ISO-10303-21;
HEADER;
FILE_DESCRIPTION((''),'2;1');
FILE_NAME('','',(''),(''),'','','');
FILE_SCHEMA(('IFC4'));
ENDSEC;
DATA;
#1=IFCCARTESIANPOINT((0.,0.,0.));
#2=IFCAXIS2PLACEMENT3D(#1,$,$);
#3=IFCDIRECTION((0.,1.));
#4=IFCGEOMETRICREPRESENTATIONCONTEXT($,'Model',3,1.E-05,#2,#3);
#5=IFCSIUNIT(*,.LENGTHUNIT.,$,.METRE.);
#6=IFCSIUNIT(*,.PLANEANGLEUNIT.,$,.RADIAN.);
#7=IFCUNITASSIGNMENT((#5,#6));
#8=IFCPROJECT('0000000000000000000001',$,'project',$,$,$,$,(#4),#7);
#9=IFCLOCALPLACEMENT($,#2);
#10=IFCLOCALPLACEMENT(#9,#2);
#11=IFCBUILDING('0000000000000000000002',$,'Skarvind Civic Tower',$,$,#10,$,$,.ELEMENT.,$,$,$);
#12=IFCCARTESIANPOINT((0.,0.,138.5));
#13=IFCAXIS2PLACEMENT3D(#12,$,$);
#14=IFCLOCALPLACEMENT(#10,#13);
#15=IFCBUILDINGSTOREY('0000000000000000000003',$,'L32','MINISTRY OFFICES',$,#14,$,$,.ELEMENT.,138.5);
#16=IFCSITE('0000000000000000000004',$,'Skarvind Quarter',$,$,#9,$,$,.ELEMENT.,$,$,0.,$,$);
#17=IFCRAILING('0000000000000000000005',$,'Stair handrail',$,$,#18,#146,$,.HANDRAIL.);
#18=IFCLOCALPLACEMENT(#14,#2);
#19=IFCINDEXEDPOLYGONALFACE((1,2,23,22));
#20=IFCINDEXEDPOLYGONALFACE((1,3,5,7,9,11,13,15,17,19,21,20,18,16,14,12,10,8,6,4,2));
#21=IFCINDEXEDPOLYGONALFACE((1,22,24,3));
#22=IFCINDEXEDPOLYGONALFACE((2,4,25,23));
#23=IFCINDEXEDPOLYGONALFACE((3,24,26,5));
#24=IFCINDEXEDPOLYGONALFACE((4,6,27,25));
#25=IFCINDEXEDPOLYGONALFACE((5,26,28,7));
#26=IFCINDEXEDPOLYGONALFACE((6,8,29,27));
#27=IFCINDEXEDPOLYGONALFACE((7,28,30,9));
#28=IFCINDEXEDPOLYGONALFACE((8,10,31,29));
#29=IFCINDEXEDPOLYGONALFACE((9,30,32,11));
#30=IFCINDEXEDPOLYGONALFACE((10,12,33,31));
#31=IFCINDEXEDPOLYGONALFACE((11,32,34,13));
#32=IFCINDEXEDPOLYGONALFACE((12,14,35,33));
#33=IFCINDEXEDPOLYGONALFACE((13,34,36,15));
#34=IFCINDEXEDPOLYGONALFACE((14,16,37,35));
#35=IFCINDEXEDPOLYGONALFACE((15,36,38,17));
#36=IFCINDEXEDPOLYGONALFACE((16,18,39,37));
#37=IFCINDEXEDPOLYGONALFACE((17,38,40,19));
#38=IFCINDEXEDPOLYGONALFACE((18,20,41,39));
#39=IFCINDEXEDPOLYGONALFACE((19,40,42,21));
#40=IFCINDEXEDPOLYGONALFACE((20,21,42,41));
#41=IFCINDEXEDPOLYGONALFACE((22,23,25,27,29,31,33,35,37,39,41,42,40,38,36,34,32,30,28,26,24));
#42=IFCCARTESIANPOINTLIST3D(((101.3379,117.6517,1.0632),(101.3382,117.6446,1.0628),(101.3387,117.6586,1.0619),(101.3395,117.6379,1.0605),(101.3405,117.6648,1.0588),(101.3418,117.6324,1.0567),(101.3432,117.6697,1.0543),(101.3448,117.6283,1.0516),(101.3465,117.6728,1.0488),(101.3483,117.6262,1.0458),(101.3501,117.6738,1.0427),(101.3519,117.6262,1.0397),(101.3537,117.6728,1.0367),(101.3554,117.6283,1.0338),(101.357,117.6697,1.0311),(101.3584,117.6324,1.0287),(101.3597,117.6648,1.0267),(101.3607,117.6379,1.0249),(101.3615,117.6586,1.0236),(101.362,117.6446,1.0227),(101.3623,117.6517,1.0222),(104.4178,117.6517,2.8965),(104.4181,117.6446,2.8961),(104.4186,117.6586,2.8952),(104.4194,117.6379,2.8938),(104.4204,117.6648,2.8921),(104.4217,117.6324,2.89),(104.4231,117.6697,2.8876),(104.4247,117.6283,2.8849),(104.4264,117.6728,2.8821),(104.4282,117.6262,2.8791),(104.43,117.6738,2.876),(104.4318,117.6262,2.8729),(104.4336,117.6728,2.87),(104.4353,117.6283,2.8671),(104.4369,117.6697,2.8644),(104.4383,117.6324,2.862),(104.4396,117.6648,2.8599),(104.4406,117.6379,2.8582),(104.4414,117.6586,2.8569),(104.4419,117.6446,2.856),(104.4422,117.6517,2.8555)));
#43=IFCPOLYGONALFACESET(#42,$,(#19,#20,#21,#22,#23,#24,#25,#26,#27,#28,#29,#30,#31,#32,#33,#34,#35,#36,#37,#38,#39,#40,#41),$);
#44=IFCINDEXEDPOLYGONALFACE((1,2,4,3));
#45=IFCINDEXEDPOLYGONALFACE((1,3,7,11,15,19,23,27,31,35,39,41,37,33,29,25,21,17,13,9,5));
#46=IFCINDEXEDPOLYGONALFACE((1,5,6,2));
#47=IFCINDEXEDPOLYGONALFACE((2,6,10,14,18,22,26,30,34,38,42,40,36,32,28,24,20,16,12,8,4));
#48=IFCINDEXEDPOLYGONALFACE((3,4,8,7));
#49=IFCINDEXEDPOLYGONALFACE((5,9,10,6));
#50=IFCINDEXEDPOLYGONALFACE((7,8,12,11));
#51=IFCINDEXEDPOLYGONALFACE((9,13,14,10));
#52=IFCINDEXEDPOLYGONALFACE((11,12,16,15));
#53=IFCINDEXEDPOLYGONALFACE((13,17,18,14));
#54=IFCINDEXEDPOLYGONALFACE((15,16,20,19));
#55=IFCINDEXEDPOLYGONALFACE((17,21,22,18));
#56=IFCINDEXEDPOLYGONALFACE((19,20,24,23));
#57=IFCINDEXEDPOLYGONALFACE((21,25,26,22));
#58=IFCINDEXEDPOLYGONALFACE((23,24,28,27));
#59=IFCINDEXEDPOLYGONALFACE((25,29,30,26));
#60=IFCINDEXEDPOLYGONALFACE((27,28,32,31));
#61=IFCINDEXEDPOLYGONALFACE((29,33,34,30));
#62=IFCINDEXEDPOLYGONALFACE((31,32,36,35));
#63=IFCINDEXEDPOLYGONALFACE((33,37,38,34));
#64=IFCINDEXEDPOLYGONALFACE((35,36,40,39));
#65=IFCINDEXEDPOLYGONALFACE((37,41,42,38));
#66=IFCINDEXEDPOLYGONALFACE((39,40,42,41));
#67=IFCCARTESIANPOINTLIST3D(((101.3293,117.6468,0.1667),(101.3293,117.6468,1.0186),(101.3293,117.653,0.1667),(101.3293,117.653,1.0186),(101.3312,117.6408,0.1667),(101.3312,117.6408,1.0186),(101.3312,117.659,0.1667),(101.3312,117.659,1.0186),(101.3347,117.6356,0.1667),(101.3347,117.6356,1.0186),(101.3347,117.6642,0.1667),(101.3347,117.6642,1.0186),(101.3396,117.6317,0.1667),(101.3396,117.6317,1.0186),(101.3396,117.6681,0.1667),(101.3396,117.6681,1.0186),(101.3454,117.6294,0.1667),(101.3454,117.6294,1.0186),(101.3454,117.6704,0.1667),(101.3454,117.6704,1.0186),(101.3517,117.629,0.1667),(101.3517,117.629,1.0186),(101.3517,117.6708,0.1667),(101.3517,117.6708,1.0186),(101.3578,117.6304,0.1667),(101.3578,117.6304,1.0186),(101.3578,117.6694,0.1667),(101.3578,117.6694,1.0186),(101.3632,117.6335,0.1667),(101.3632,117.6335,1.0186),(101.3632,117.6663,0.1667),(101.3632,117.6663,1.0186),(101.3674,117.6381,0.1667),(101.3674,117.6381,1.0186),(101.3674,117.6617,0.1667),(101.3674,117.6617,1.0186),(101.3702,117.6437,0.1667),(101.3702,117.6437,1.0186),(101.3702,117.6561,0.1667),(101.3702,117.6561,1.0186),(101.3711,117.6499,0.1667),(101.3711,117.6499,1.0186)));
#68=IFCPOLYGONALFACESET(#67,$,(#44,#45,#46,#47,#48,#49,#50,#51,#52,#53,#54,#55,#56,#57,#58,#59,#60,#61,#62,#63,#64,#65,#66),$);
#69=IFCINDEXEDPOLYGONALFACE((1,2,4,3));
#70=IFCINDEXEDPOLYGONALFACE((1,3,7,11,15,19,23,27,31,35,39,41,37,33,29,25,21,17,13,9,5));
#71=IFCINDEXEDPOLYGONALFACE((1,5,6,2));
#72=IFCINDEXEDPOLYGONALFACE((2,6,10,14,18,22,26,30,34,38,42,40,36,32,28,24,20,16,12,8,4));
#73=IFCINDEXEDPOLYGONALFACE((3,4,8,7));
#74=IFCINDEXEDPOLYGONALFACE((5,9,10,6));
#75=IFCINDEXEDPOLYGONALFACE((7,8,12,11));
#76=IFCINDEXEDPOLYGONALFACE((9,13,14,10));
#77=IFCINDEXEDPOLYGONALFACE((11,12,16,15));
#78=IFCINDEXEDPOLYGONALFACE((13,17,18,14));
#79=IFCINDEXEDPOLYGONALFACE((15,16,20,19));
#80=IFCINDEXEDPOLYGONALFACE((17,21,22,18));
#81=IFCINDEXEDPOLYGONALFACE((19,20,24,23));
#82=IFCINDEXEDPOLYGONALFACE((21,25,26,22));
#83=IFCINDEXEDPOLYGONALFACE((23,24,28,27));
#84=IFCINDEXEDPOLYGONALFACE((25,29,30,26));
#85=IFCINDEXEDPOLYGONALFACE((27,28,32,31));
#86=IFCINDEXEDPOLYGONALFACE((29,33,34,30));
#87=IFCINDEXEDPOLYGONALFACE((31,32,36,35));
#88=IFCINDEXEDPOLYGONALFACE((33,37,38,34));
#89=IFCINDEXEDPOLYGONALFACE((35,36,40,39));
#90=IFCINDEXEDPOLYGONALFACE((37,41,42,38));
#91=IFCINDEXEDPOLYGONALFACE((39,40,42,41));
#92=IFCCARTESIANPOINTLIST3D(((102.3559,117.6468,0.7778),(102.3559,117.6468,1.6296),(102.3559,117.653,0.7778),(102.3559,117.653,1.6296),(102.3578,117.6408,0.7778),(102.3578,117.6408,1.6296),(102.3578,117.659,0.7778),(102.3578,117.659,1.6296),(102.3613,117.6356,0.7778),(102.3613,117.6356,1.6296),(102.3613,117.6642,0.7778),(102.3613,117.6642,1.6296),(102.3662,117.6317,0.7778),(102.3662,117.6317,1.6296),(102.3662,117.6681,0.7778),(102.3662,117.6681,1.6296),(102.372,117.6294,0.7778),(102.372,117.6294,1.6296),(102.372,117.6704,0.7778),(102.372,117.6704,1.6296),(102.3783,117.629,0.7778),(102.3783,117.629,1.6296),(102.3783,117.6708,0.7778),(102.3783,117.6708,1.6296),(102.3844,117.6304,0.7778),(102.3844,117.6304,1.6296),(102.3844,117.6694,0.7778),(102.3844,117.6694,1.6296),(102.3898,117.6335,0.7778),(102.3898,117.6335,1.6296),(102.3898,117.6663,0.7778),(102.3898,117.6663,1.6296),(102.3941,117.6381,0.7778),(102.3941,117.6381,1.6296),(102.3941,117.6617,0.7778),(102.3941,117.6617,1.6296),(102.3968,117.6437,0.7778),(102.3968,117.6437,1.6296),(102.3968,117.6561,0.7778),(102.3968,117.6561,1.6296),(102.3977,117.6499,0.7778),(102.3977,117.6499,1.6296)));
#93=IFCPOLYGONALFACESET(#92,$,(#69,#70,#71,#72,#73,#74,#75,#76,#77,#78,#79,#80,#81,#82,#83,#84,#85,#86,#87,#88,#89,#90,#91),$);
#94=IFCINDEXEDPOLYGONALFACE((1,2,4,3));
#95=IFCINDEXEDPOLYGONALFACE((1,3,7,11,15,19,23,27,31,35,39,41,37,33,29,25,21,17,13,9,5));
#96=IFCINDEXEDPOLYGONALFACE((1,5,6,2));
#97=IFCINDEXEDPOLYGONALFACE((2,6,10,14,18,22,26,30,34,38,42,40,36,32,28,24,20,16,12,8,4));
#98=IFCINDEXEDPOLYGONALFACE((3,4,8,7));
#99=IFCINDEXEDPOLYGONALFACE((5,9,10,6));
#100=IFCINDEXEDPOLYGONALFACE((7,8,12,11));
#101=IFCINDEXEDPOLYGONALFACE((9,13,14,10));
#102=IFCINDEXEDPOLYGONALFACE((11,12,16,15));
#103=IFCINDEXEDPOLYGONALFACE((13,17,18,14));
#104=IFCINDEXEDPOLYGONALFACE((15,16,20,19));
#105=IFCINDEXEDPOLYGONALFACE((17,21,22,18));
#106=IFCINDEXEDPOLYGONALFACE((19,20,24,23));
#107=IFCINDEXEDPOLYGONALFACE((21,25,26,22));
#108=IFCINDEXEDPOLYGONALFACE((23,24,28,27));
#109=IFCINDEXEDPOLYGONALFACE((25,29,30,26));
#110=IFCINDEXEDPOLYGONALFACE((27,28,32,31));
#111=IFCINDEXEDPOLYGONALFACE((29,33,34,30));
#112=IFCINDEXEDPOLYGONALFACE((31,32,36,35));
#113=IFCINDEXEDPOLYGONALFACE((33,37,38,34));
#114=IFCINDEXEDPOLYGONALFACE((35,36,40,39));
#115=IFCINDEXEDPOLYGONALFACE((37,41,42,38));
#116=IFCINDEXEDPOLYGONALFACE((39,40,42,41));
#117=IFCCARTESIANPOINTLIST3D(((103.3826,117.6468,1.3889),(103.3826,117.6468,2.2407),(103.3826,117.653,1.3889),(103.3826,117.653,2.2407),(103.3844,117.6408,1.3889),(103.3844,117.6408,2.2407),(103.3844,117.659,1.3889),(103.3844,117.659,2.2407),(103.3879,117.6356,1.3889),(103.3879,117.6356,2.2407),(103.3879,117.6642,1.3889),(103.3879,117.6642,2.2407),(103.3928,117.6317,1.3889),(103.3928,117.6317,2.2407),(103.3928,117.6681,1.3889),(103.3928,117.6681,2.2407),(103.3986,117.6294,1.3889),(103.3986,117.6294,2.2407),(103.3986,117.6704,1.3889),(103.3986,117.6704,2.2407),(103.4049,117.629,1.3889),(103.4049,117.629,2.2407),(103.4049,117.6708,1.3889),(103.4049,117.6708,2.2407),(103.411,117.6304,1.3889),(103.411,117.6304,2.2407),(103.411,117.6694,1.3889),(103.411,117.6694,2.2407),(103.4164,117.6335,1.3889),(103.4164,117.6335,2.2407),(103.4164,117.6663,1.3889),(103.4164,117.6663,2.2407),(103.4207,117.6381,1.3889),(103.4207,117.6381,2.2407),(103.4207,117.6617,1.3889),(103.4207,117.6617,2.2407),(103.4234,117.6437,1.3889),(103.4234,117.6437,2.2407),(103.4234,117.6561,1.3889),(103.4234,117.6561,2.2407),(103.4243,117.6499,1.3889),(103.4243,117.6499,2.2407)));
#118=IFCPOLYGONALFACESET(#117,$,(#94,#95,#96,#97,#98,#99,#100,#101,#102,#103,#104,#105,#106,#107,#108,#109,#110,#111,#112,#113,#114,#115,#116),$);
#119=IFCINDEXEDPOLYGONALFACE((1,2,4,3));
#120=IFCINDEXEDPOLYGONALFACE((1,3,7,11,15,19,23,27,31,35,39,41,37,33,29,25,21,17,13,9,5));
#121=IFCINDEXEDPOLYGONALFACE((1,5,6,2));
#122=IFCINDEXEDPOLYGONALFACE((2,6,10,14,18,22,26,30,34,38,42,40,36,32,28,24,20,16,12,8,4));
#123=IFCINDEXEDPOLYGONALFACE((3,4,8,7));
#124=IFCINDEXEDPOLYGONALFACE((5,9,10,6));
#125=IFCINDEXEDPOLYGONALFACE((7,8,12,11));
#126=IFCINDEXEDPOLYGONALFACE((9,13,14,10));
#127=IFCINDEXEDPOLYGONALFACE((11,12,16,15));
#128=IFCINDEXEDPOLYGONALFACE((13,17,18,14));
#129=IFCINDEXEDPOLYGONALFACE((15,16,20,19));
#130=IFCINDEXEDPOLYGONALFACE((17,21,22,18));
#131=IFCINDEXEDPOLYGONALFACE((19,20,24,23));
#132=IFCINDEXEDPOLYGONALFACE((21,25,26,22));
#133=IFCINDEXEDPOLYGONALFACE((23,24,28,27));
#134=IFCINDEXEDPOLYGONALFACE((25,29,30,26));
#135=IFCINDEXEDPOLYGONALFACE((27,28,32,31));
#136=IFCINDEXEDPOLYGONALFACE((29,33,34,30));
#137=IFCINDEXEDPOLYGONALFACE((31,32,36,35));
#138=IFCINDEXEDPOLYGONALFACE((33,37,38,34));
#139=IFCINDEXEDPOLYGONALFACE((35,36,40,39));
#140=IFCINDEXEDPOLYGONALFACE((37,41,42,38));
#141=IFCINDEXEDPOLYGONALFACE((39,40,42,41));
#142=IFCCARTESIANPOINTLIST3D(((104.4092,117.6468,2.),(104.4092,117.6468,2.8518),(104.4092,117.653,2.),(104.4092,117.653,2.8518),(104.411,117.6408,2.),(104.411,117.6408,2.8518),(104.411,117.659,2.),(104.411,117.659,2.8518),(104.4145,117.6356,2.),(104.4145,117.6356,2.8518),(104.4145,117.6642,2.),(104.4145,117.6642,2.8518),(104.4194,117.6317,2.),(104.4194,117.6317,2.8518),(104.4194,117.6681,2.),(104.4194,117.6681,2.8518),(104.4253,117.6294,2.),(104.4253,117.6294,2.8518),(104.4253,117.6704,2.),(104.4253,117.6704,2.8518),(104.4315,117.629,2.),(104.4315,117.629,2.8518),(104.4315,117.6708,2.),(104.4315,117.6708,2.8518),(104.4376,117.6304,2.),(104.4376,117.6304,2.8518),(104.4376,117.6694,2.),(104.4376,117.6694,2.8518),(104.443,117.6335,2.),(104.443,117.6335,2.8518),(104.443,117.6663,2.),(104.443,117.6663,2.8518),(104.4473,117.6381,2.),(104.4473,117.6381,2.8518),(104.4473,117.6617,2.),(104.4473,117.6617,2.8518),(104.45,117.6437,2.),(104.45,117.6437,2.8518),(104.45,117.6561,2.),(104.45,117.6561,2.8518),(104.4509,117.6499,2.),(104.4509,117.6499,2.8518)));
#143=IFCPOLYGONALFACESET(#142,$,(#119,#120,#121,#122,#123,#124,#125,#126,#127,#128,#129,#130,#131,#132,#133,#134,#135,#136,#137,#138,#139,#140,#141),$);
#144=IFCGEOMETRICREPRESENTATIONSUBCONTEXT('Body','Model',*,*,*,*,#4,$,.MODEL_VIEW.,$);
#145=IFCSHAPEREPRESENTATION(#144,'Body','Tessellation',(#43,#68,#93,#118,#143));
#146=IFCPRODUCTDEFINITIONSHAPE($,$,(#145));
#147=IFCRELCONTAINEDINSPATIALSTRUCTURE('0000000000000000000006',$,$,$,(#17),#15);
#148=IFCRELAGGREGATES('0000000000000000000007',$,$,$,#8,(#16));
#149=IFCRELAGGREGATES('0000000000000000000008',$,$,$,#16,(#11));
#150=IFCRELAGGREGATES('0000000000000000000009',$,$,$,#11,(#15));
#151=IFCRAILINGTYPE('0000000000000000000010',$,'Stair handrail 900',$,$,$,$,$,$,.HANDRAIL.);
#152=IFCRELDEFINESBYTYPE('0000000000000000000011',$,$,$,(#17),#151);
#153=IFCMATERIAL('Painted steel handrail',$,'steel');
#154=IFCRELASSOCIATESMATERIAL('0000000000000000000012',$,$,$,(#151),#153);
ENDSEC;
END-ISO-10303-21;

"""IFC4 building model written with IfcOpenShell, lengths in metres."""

from ifc_helpers import new_model, si_unit, direction, frame, origin, origin_2d, place, context, subcontext, project, spatial, circle, extrude, material, type_object, element, save


model = new_model("IFC4")

# Units and contexts
model_context = context("Model", 3, precision=1e-05, world=origin(), true_north=direction((0.0, 1.0)))
body_context = subcontext(model_context, "Body", "Model", "MODEL_VIEW")
ifc_project = project(units=[si_unit("LENGTHUNIT", "METRE"), si_unit("PLANEANGLEUNIT", "RADIAN")], contexts=[model_context])

# Site, building, storey
site_placement = place(None, origin())
site = spatial("IfcSite", under=ifc_project, at=site_placement, Name="Skarvind Quarter", CompositionType="ELEMENT", RefElevation=0.0)
building_placement = place(site_placement, origin())
building = spatial("IfcBuilding", under=site, at=building_placement, Name="Skarvind Civic Tower", CompositionType="ELEMENT")
storey_placement = place(building_placement, frame((0.0, 0.0, 138.5)))
storey = spatial("IfcBuildingStorey", under=building, at=storey_placement, Name="L32", Description="MINISTRY OFFICES", CompositionType="ELEMENT", Elevation=138.5)

# Railing
ifc_material_1 = material(Name="Painted steel handrail", Category="steel")
railing_type = type_object("IfcRailingType", Name="Stair handrail 900", PredefinedType="HANDRAIL", material=ifc_material_1)
railing_1_placement = place(storey_placement, frame((101.3501, 117.6499, 0.1667)))
element("IfcRailing", 1, at=railing_1_placement, inside=storey, type_object=railing_type, Name="Stair handrail", PredefinedType="HANDRAIL", context=body_context, shape_type="SweptSolid", body=[
    extrude(circle(Radius=0.0239, at=origin_2d()), frame((0.0, 0.0, 0.876), z_axis=(0.859291, 0.0, 0.511487), x_axis=(0.0, 1.0, 0.0)), (0.0, 0.0, 1.0), 3.5842),
    extrude(circle(Radius=0.021, at=origin_2d()), origin(), (0.0, 0.0, 1.0), 0.8518),
    extrude(circle(Radius=0.021, at=origin_2d()), frame((1.0266, 0.0, 0.6111)), (0.0, 0.0, 1.0), 0.8518),
    extrude(circle(Radius=0.021, at=origin_2d()), frame((2.0532, 0.0, 1.2222)), (0.0, 0.0, 1.0), 0.8518),
    extrude(circle(Radius=0.021, at=origin_2d()), frame((3.0798, 0.0, 1.8333)), (0.0, 0.0, 1.0), 0.8518),
])

save(model, "model.ifc")
